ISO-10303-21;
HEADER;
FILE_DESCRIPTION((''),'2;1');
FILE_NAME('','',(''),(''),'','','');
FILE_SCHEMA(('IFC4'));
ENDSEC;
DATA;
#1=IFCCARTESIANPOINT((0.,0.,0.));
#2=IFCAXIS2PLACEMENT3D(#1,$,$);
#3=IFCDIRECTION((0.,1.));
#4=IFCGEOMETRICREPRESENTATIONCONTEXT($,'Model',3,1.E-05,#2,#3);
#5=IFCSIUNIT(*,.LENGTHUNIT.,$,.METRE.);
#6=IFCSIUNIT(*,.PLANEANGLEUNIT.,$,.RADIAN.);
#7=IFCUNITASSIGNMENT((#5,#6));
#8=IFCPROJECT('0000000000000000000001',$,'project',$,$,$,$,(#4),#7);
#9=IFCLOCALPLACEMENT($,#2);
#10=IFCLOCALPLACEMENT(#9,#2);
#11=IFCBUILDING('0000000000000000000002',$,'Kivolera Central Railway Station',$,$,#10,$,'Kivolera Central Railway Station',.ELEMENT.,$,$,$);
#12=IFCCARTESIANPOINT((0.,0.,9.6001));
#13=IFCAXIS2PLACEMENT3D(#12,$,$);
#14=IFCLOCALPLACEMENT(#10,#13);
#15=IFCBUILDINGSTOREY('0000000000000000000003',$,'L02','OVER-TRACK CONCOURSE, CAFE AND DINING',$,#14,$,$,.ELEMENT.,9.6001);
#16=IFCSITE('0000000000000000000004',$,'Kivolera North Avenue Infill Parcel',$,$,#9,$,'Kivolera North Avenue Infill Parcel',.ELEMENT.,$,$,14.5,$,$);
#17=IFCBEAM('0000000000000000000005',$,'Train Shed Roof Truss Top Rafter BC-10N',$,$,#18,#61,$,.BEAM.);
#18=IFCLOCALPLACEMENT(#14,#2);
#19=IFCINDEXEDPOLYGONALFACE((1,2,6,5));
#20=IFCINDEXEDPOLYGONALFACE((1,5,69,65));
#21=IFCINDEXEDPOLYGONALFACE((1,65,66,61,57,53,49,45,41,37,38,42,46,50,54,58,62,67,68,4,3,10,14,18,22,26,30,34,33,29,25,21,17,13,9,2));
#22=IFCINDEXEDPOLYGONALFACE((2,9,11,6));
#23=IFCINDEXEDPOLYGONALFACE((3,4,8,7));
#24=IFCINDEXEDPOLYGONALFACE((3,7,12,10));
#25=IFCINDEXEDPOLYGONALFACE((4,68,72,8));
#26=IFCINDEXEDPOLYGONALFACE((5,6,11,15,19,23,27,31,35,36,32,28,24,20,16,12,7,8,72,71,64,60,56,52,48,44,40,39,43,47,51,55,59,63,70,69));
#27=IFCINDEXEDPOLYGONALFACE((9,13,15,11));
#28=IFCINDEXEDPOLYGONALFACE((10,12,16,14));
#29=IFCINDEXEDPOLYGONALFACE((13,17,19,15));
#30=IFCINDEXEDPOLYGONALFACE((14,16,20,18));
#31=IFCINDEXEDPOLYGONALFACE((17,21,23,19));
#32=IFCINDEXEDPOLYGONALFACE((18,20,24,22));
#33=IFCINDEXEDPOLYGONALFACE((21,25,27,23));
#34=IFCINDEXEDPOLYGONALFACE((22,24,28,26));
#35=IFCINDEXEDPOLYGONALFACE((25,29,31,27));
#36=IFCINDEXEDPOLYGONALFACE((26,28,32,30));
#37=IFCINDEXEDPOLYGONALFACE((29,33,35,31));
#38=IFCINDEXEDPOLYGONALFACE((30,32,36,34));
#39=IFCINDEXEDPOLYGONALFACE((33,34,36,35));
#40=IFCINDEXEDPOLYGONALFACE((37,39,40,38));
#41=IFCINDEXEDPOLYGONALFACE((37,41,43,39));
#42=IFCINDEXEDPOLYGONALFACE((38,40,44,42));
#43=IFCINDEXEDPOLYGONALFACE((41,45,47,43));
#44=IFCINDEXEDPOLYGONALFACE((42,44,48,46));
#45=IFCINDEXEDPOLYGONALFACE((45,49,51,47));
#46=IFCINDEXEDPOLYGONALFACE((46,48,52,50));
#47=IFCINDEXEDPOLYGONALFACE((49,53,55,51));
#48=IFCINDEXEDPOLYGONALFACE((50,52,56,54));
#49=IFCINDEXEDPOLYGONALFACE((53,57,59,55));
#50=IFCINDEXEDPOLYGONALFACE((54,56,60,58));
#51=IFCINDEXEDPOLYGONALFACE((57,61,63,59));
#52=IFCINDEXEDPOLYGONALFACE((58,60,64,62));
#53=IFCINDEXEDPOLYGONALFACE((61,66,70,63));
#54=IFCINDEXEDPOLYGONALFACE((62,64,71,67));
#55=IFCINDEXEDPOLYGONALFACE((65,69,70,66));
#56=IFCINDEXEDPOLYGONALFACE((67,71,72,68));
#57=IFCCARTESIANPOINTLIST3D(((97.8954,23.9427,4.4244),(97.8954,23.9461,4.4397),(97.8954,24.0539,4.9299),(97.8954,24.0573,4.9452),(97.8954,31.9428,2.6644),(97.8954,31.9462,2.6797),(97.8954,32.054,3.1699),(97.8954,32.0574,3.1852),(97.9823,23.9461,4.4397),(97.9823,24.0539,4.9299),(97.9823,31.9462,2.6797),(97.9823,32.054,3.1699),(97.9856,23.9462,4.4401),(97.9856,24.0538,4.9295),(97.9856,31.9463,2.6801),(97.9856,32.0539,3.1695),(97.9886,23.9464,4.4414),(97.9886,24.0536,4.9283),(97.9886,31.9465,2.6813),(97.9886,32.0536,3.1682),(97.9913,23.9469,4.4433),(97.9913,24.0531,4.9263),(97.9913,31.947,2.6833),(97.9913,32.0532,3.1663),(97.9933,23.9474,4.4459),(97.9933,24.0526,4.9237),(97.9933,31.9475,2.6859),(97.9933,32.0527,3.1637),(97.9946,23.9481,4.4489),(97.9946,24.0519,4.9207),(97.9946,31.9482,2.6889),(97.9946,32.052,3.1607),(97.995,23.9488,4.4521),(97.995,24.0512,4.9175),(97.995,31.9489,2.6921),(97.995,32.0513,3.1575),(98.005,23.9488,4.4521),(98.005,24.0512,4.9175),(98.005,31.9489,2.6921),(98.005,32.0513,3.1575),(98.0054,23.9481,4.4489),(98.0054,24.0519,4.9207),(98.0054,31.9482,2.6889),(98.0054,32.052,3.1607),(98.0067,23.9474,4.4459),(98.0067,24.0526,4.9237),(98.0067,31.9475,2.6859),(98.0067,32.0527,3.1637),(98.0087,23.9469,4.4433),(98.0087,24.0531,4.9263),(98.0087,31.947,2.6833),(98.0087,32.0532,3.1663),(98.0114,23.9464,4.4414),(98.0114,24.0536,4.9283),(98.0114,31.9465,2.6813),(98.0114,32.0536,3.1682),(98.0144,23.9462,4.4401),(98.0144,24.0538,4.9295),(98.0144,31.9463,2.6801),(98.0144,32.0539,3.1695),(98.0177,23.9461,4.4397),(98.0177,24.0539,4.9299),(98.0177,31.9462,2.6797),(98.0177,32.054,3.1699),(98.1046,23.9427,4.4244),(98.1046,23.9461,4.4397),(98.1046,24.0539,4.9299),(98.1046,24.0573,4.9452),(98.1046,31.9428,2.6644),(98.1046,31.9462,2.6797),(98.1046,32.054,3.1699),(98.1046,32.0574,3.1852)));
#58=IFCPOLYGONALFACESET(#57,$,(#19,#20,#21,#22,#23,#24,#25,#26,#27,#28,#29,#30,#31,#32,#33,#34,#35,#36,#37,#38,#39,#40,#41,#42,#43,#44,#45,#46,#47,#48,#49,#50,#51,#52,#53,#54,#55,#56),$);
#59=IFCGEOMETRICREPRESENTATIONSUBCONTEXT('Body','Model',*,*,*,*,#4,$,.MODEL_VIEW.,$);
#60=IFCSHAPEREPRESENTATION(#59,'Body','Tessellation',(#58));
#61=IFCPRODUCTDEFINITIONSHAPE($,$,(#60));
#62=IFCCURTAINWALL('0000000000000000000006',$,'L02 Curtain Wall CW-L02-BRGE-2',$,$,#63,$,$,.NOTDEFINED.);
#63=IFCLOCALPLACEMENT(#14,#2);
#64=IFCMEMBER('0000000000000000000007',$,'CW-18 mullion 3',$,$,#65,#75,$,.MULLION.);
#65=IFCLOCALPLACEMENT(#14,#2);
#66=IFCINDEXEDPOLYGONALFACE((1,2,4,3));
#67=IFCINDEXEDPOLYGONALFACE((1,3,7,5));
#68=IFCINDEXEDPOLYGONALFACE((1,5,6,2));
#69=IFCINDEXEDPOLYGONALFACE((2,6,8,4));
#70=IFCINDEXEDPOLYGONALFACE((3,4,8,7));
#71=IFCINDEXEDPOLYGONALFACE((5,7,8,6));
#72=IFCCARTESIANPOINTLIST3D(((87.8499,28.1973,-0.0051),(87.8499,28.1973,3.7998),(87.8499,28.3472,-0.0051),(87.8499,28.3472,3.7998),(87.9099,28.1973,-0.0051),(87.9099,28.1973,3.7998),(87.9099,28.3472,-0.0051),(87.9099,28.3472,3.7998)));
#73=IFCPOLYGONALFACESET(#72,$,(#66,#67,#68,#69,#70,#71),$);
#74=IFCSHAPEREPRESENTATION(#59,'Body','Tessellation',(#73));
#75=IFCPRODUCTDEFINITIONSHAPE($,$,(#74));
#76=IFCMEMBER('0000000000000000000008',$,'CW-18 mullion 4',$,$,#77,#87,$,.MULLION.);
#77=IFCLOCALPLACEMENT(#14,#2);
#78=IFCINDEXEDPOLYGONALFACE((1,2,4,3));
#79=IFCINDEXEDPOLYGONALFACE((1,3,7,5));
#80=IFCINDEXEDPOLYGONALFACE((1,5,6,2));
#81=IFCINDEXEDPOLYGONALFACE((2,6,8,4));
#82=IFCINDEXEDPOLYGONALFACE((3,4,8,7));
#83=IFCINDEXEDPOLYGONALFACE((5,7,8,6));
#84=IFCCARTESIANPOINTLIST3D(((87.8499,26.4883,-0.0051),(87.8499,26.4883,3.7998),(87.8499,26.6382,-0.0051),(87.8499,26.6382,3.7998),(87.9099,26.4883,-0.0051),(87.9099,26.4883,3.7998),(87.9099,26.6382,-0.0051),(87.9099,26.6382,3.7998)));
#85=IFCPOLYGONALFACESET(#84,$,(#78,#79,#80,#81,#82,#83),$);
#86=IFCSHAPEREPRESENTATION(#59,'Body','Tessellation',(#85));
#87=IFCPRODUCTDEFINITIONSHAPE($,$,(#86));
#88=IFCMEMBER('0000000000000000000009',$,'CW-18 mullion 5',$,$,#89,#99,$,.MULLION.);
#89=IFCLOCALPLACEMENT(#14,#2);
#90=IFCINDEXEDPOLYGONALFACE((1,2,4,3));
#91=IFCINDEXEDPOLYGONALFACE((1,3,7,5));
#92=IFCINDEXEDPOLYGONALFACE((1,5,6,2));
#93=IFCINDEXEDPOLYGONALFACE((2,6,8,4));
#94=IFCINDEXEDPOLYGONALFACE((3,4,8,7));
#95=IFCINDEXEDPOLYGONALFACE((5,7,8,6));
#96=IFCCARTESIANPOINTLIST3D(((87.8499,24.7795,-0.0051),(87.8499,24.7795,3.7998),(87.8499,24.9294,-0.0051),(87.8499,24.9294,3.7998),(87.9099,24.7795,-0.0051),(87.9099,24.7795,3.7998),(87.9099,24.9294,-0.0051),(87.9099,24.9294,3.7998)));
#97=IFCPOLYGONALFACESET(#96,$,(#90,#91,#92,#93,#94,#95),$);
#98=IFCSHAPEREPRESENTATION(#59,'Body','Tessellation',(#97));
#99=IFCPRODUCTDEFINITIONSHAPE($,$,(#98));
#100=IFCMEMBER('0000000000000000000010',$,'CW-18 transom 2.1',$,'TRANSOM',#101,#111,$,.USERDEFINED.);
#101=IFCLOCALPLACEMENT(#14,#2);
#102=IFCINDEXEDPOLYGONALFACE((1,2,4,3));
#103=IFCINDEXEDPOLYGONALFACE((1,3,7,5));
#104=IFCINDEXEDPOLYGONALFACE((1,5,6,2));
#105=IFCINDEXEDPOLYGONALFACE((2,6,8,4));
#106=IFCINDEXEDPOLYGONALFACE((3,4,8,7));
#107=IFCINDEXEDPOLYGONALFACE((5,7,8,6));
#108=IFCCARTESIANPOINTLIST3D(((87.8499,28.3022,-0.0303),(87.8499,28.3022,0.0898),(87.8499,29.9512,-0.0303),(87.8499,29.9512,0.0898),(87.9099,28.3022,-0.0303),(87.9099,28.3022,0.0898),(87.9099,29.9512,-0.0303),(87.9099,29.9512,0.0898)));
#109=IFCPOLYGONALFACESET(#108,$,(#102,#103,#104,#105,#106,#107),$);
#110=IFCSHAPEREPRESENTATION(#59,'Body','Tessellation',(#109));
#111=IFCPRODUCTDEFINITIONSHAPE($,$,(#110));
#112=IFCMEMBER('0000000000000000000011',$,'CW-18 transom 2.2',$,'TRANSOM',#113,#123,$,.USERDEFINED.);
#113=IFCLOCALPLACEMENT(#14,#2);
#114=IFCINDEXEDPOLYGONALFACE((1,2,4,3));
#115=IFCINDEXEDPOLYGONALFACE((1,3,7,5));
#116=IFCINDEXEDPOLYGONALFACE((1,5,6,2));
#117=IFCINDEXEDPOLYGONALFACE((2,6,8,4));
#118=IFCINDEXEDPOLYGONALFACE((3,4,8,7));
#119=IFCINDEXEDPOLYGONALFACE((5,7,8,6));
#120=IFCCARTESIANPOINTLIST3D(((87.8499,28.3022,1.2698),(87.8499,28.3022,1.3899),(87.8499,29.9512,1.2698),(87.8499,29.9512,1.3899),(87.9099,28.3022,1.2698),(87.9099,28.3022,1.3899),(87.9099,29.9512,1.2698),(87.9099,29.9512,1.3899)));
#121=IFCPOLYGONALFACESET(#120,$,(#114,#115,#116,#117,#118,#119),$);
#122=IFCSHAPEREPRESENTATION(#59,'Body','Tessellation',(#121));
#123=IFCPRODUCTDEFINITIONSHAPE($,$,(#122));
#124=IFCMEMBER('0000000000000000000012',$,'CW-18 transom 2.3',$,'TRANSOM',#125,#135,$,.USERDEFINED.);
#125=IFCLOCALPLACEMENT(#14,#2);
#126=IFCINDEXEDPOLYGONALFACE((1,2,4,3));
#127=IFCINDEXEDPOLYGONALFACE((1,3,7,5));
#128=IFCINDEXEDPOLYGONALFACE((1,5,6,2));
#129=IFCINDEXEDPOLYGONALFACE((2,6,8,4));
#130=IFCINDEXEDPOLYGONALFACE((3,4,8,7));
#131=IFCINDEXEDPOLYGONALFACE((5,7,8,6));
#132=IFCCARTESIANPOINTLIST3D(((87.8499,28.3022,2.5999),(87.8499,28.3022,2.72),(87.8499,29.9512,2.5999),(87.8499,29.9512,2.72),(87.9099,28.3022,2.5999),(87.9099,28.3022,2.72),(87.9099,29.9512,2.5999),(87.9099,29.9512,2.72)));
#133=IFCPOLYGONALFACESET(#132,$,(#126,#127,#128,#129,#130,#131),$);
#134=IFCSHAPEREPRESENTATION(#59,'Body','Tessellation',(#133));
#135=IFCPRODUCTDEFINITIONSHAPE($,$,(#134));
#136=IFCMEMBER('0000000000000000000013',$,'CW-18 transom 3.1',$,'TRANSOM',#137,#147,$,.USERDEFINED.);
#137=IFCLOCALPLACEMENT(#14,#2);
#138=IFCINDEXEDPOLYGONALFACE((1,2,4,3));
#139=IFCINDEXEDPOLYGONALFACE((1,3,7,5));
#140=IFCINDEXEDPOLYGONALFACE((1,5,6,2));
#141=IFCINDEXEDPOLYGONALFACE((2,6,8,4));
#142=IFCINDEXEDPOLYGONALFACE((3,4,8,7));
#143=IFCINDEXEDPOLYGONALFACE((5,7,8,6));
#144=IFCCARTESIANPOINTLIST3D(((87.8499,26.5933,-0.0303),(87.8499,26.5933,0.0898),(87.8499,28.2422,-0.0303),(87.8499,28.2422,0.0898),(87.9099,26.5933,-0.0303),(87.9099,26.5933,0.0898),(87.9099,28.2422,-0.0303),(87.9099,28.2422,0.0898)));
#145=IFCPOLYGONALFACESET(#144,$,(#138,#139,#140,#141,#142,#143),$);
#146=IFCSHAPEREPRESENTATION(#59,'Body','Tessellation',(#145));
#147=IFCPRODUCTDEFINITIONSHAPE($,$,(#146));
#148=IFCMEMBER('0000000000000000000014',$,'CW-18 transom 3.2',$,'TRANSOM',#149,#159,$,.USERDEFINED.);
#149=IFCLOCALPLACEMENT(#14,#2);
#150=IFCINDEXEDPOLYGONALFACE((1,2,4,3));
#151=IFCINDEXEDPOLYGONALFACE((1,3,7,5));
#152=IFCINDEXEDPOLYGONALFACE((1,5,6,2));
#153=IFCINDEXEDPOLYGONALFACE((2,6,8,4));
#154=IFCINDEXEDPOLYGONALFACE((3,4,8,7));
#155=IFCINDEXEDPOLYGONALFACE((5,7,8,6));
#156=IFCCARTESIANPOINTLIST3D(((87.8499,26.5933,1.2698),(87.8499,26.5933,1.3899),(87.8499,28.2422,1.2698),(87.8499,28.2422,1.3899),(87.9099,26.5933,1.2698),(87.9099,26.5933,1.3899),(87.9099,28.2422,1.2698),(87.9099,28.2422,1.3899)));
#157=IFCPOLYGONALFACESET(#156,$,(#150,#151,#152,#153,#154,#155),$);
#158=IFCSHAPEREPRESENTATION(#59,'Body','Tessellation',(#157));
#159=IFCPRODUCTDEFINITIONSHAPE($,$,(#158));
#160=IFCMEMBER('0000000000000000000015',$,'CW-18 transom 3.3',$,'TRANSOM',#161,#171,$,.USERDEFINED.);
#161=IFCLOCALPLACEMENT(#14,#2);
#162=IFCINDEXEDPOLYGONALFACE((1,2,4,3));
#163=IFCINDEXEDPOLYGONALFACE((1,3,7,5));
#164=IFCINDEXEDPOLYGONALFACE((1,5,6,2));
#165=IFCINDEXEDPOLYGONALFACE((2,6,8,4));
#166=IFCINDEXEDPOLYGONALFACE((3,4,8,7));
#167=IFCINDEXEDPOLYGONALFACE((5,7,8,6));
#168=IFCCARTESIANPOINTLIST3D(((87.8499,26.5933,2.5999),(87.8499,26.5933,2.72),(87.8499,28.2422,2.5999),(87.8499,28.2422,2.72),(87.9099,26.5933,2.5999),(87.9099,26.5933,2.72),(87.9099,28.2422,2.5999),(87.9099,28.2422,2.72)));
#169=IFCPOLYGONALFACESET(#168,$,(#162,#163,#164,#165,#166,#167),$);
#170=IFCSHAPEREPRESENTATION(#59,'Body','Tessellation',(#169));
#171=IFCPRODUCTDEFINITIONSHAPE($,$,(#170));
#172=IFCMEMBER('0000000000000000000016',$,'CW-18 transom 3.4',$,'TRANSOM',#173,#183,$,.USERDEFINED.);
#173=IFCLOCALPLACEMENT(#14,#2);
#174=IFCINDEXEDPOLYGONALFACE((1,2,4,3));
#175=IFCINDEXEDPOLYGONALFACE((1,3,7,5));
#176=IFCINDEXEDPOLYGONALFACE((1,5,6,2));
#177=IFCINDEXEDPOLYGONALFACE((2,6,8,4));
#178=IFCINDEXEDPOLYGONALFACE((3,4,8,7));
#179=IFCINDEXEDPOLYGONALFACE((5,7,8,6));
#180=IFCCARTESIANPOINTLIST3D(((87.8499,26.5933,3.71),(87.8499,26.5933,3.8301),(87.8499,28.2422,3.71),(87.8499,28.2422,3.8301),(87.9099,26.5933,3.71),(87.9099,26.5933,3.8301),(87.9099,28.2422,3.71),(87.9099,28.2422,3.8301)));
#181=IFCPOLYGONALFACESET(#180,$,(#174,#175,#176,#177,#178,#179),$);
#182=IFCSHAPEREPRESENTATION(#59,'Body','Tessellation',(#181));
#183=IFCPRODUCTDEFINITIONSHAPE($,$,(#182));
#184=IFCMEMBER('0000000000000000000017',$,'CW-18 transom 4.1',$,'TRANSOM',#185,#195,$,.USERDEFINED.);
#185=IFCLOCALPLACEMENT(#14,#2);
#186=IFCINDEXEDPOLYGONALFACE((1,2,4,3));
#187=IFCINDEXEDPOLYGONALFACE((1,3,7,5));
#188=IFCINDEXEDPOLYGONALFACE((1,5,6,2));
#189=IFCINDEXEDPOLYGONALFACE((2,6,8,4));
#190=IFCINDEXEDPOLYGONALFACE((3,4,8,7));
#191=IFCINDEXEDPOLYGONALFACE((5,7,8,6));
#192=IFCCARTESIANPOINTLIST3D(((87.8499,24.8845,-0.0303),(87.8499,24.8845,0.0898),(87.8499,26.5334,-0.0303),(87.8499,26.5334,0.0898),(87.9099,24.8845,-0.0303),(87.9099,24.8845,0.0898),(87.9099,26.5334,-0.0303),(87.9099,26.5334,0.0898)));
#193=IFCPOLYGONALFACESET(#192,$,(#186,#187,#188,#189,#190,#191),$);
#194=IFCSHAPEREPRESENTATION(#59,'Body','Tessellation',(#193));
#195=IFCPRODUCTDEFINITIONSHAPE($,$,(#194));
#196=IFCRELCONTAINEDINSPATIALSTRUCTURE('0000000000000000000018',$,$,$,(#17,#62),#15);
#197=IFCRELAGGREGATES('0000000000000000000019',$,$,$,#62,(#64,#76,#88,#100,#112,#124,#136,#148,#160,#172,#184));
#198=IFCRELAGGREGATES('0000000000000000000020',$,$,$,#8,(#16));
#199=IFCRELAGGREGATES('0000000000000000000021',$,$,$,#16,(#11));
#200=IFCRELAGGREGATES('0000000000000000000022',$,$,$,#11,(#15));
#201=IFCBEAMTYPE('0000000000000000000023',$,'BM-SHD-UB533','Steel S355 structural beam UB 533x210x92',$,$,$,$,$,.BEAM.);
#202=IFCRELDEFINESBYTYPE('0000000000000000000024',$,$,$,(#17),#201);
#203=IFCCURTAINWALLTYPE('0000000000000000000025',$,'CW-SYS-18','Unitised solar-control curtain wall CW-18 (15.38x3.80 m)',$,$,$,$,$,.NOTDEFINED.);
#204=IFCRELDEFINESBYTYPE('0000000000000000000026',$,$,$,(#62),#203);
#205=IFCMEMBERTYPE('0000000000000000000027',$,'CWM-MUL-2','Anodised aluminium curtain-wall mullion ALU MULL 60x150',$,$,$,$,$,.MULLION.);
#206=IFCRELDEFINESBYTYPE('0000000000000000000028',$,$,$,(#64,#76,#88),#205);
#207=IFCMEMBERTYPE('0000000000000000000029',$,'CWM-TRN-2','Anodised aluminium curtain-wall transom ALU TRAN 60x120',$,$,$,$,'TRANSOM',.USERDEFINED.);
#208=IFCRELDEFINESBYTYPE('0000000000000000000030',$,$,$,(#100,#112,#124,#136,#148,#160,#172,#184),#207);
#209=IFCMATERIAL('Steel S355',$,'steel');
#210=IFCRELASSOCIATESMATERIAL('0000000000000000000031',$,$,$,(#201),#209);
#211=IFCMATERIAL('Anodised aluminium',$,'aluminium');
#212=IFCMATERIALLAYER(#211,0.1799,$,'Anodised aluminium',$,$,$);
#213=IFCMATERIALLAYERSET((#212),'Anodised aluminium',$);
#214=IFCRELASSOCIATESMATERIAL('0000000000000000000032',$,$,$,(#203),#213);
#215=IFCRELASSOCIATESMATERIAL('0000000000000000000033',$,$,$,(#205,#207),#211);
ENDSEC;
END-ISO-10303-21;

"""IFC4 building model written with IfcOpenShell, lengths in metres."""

from ifc_helpers import new_model, si_unit, direction, frame, origin, origin_2d, place, context, subcontext, project, spatial, rectangle, i_section, extrude, material, layer, layer_set, material_profile, profile_set, type_object, element, aggregate, save


model = new_model("IFC4")

# Units and contexts
model_context = context("Model", 3, precision=1e-05, world=origin(), true_north=direction((0.0, 1.0)))
body_context = subcontext(model_context, "Body", "Model", "MODEL_VIEW")
ifc_project = project(units=[si_unit("LENGTHUNIT", "METRE"), si_unit("PLANEANGLEUNIT", "RADIAN")], contexts=[model_context])

# Site, building, storey
site_placement = place(None, origin())
site = spatial("IfcSite", under=ifc_project, at=site_placement, Name="Kivolera North Avenue Infill Parcel", LongName="Kivolera North Avenue Infill Parcel", CompositionType="ELEMENT", RefElevation=14.5)
building_placement = place(site_placement, origin())
building = spatial("IfcBuilding", under=site, at=building_placement, Name="Kivolera Central Railway Station", LongName="Kivolera Central Railway Station", CompositionType="ELEMENT")
storey_placement = place(building_placement, frame((0.0, 0.0, 9.6001)))
storey = spatial("IfcBuildingStorey", under=building, at=storey_placement, Name="L02", Description="OVER-TRACK CONCOURSE, CAFE AND DINING", CompositionType="ELEMENT", Elevation=9.6001)

# Beam
ifc_material_1 = material(Name="Steel S355", Category="steel")
ifc_material_profile_1 = material_profile(ifc_material_1, i_section(OverallWidth=0.2092, OverallDepth=0.5332, WebThickness=0.01, FlangeThickness=0.0156, FilletRadius=0.0127, at=origin_2d()), Name="UB 533x210x92")
ifc_profile_set_1 = profile_set([ifc_material_profile_1], Name="Steel S355")
beam_type = type_object("IfcBeamType", Name="BM-SHD-UB533", Description="Steel S355 structural beam UB 533x210x92", PredefinedType="BEAM", material=ifc_profile_set_1)
beam_placement = place(storey_placement, frame((98.0, 24.0, 4.6848), z_axis=(0.0, 0.976644, -0.214863), x_axis=(-1.0, 0.0, 0.0)))
element("IfcBeam", 1, at=beam_placement, inside=storey, type_object=beam_type, Name="Train Shed Roof Truss Top Rafter BC-10N", PredefinedType="BEAM", context=body_context, shape_type="SweptSolid", body=[
    extrude(i_section(OverallWidth=0.2092, OverallDepth=0.5332, WebThickness=0.01, FlangeThickness=0.0156, FilletRadius=0.0127, at=origin_2d()), origin(), (0.0, 0.0, 1.0), 8.1914),
])

# Curtain wall, members
ifc_material_2 = material(Name="Anodised aluminium", Category="aluminium")
ifc_layer_1 = layer(ifc_material_2, 0.1799, Name="Anodised aluminium")
ifc_layer_set_1 = layer_set([ifc_layer_1], Name="Anodised aluminium")
curtain_wall_type = type_object("IfcCurtainWallType", Name="CW-SYS-18", Description="Unitised solar-control curtain wall CW-18 (15.38x3.80 m)", PredefinedType="NOTDEFINED", material=ifc_layer_set_1)
curtain_wall_placement = place(storey_placement, origin())
curtain_wall = element("IfcCurtainWall", 2, at=curtain_wall_placement, inside=storey, type_object=curtain_wall_type, Name="L02 Curtain Wall CW-L02-BRGE-2", PredefinedType="NOTDEFINED")
ifc_material_profile_2 = material_profile(ifc_material_2, rectangle(XDim=0.0601, YDim=0.1499, at=origin_2d()), Name="ALU MULL 60x150")
ifc_profile_set_2 = profile_set([ifc_material_profile_2], Name="Anodised aluminium")
member_type_1 = type_object("IfcMemberType", Name="CWM-MUL-2", Description="Anodised aluminium curtain-wall mullion ALU MULL 60x150", PredefinedType="MULLION", material=ifc_profile_set_2)
member_1_placement = place(storey_placement, frame((87.8799, 28.2722, -0.0051), z_axis=(0.0, 0.0, 1.0), x_axis=(1.0, 0.0, 0.0)))
member_1 = element("IfcMember", 3, at=member_1_placement, type_object=member_type_1, Name="CW-18 mullion 3", PredefinedType="MULLION", context=body_context, shape_type="SweptSolid", body=[
    extrude(rectangle(XDim=0.0601, YDim=0.1499, at=origin_2d()), origin(), (0.0, 0.0, 1.0), 3.8049),
])
member_2_placement = place(storey_placement, frame((87.8799, 26.5632, -0.0051), z_axis=(0.0, 0.0, 1.0), x_axis=(1.0, 0.0, 0.0)))
member_2 = element("IfcMember", 4, at=member_2_placement, type_object=member_type_1, Name="CW-18 mullion 4", PredefinedType="MULLION", context=body_context, shape_type="SweptSolid", body=[
    extrude(rectangle(XDim=0.0601, YDim=0.1499, at=origin_2d()), origin(), (0.0, 0.0, 1.0), 3.8049),
])
member_3_placement = place(storey_placement, frame((87.8799, 24.8545, -0.0051), z_axis=(0.0, 0.0, 1.0), x_axis=(1.0, 0.0, 0.0)))
member_3 = element("IfcMember", 5, at=member_3_placement, type_object=member_type_1, Name="CW-18 mullion 5", PredefinedType="MULLION", context=body_context, shape_type="SweptSolid", body=[
    extrude(rectangle(XDim=0.0601, YDim=0.1499, at=origin_2d()), origin(), (0.0, 0.0, 1.0), 3.8049),
])
ifc_material_profile_3 = material_profile(ifc_material_2, rectangle(XDim=0.0601, YDim=0.1201, at=origin_2d()), Name="ALU TRAN 60x120")
ifc_profile_set_3 = profile_set([ifc_material_profile_3], Name="Anodised aluminium")
member_type_2 = type_object("IfcMemberType", Name="CWM-TRN-2", Description="Anodised aluminium curtain-wall transom ALU TRAN 60x120", ElementType="TRANSOM", PredefinedType="USERDEFINED", material=ifc_profile_set_3)
member_4_placement = place(storey_placement, frame((87.8799, 29.9512, 0.0298), z_axis=(0.0, -1.0, 0.0), x_axis=(1.0, 0.0, 0.0)))
member_4 = element("IfcMember", 6, at=member_4_placement, type_object=member_type_2, Name="CW-18 transom 2.1", ObjectType="TRANSOM", PredefinedType="USERDEFINED", context=body_context, shape_type="SweptSolid", body=[
    extrude(rectangle(XDim=0.0601, YDim=0.1201, at=origin_2d()), origin(), (0.0, 0.0, 1.0), 1.6489),
])
member_5_placement = place(storey_placement, frame((87.8799, 29.9512, 1.3298), z_axis=(0.0, -1.0, 0.0), x_axis=(1.0, 0.0, 0.0)))
member_5 = element("IfcMember", 7, at=member_5_placement, type_object=member_type_2, Name="CW-18 transom 2.2", ObjectType="TRANSOM", PredefinedType="USERDEFINED", context=body_context, shape_type="SweptSolid", body=[
    extrude(rectangle(XDim=0.0601, YDim=0.1201, at=origin_2d()), origin(), (0.0, 0.0, 1.0), 1.6489),
])
member_6_placement = place(storey_placement, frame((87.8799, 29.9512, 2.6599), z_axis=(0.0, -1.0, 0.0), x_axis=(1.0, 0.0, 0.0)))
member_6 = element("IfcMember", 8, at=member_6_placement, type_object=member_type_2, Name="CW-18 transom 2.3", ObjectType="TRANSOM", PredefinedType="USERDEFINED", context=body_context, shape_type="SweptSolid", body=[
    extrude(rectangle(XDim=0.0601, YDim=0.1201, at=origin_2d()), origin(), (0.0, 0.0, 1.0), 1.6489),
])
member_7_placement = place(storey_placement, frame((87.8799, 28.2422, 0.0298), z_axis=(0.0, -1.0, 0.0), x_axis=(1.0, 0.0, 0.0)))
member_7 = element("IfcMember", 9, at=member_7_placement, type_object=member_type_2, Name="CW-18 transom 3.1", ObjectType="TRANSOM", PredefinedType="USERDEFINED", context=body_context, shape_type="SweptSolid", body=[
    extrude(rectangle(XDim=0.0601, YDim=0.1201, at=origin_2d()), origin(), (0.0, 0.0, 1.0), 1.6489),
])
member_8_placement = place(storey_placement, frame((87.8799, 28.2422, 1.3298), z_axis=(0.0, -1.0, 0.0), x_axis=(1.0, 0.0, 0.0)))
member_8 = element("IfcMember", 10, at=member_8_placement, type_object=member_type_2, Name="CW-18 transom 3.2", ObjectType="TRANSOM", PredefinedType="USERDEFINED", context=body_context, shape_type="SweptSolid", body=[
    extrude(rectangle(XDim=0.0601, YDim=0.1201, at=origin_2d()), origin(), (0.0, 0.0, 1.0), 1.6489),
])
member_9_placement = place(storey_placement, frame((87.8799, 28.2422, 2.6599), z_axis=(0.0, -1.0, 0.0), x_axis=(1.0, 0.0, 0.0)))
member_9 = element("IfcMember", 11, at=member_9_placement, type_object=member_type_2, Name="CW-18 transom 3.3", ObjectType="TRANSOM", PredefinedType="USERDEFINED", context=body_context, shape_type="SweptSolid", body=[
    extrude(rectangle(XDim=0.0601, YDim=0.1201, at=origin_2d()), origin(), (0.0, 0.0, 1.0), 1.6489),
])
member_10_placement = place(storey_placement, frame((87.8799, 28.2422, 3.77), z_axis=(0.0, -1.0, 0.0), x_axis=(1.0, 0.0, 0.0)))
member_10 = element("IfcMember", 12, at=member_10_placement, type_object=member_type_2, Name="CW-18 transom 3.4", ObjectType="TRANSOM", PredefinedType="USERDEFINED", context=body_context, shape_type="SweptSolid", body=[
    extrude(rectangle(XDim=0.0601, YDim=0.1201, at=origin_2d()), origin(), (0.0, 0.0, 1.0), 1.6489),
])
member_11_placement = place(storey_placement, frame((87.8799, 26.5334, 0.0298), z_axis=(0.0, -1.0, 0.0), x_axis=(1.0, 0.0, 0.0)))
member_11 = element("IfcMember", 13, at=member_11_placement, type_object=member_type_2, Name="CW-18 transom 4.1", ObjectType="TRANSOM", PredefinedType="USERDEFINED", context=body_context, shape_type="SweptSolid", body=[
    extrude(rectangle(XDim=0.0601, YDim=0.1201, at=origin_2d()), origin(), (0.0, 0.0, 1.0), 1.6489),
])

aggregate(curtain_wall, [member_1, member_2, member_3, member_4, member_5, member_6, member_7, member_8, member_9, member_10, member_11])

save(model, "model.ifc")
